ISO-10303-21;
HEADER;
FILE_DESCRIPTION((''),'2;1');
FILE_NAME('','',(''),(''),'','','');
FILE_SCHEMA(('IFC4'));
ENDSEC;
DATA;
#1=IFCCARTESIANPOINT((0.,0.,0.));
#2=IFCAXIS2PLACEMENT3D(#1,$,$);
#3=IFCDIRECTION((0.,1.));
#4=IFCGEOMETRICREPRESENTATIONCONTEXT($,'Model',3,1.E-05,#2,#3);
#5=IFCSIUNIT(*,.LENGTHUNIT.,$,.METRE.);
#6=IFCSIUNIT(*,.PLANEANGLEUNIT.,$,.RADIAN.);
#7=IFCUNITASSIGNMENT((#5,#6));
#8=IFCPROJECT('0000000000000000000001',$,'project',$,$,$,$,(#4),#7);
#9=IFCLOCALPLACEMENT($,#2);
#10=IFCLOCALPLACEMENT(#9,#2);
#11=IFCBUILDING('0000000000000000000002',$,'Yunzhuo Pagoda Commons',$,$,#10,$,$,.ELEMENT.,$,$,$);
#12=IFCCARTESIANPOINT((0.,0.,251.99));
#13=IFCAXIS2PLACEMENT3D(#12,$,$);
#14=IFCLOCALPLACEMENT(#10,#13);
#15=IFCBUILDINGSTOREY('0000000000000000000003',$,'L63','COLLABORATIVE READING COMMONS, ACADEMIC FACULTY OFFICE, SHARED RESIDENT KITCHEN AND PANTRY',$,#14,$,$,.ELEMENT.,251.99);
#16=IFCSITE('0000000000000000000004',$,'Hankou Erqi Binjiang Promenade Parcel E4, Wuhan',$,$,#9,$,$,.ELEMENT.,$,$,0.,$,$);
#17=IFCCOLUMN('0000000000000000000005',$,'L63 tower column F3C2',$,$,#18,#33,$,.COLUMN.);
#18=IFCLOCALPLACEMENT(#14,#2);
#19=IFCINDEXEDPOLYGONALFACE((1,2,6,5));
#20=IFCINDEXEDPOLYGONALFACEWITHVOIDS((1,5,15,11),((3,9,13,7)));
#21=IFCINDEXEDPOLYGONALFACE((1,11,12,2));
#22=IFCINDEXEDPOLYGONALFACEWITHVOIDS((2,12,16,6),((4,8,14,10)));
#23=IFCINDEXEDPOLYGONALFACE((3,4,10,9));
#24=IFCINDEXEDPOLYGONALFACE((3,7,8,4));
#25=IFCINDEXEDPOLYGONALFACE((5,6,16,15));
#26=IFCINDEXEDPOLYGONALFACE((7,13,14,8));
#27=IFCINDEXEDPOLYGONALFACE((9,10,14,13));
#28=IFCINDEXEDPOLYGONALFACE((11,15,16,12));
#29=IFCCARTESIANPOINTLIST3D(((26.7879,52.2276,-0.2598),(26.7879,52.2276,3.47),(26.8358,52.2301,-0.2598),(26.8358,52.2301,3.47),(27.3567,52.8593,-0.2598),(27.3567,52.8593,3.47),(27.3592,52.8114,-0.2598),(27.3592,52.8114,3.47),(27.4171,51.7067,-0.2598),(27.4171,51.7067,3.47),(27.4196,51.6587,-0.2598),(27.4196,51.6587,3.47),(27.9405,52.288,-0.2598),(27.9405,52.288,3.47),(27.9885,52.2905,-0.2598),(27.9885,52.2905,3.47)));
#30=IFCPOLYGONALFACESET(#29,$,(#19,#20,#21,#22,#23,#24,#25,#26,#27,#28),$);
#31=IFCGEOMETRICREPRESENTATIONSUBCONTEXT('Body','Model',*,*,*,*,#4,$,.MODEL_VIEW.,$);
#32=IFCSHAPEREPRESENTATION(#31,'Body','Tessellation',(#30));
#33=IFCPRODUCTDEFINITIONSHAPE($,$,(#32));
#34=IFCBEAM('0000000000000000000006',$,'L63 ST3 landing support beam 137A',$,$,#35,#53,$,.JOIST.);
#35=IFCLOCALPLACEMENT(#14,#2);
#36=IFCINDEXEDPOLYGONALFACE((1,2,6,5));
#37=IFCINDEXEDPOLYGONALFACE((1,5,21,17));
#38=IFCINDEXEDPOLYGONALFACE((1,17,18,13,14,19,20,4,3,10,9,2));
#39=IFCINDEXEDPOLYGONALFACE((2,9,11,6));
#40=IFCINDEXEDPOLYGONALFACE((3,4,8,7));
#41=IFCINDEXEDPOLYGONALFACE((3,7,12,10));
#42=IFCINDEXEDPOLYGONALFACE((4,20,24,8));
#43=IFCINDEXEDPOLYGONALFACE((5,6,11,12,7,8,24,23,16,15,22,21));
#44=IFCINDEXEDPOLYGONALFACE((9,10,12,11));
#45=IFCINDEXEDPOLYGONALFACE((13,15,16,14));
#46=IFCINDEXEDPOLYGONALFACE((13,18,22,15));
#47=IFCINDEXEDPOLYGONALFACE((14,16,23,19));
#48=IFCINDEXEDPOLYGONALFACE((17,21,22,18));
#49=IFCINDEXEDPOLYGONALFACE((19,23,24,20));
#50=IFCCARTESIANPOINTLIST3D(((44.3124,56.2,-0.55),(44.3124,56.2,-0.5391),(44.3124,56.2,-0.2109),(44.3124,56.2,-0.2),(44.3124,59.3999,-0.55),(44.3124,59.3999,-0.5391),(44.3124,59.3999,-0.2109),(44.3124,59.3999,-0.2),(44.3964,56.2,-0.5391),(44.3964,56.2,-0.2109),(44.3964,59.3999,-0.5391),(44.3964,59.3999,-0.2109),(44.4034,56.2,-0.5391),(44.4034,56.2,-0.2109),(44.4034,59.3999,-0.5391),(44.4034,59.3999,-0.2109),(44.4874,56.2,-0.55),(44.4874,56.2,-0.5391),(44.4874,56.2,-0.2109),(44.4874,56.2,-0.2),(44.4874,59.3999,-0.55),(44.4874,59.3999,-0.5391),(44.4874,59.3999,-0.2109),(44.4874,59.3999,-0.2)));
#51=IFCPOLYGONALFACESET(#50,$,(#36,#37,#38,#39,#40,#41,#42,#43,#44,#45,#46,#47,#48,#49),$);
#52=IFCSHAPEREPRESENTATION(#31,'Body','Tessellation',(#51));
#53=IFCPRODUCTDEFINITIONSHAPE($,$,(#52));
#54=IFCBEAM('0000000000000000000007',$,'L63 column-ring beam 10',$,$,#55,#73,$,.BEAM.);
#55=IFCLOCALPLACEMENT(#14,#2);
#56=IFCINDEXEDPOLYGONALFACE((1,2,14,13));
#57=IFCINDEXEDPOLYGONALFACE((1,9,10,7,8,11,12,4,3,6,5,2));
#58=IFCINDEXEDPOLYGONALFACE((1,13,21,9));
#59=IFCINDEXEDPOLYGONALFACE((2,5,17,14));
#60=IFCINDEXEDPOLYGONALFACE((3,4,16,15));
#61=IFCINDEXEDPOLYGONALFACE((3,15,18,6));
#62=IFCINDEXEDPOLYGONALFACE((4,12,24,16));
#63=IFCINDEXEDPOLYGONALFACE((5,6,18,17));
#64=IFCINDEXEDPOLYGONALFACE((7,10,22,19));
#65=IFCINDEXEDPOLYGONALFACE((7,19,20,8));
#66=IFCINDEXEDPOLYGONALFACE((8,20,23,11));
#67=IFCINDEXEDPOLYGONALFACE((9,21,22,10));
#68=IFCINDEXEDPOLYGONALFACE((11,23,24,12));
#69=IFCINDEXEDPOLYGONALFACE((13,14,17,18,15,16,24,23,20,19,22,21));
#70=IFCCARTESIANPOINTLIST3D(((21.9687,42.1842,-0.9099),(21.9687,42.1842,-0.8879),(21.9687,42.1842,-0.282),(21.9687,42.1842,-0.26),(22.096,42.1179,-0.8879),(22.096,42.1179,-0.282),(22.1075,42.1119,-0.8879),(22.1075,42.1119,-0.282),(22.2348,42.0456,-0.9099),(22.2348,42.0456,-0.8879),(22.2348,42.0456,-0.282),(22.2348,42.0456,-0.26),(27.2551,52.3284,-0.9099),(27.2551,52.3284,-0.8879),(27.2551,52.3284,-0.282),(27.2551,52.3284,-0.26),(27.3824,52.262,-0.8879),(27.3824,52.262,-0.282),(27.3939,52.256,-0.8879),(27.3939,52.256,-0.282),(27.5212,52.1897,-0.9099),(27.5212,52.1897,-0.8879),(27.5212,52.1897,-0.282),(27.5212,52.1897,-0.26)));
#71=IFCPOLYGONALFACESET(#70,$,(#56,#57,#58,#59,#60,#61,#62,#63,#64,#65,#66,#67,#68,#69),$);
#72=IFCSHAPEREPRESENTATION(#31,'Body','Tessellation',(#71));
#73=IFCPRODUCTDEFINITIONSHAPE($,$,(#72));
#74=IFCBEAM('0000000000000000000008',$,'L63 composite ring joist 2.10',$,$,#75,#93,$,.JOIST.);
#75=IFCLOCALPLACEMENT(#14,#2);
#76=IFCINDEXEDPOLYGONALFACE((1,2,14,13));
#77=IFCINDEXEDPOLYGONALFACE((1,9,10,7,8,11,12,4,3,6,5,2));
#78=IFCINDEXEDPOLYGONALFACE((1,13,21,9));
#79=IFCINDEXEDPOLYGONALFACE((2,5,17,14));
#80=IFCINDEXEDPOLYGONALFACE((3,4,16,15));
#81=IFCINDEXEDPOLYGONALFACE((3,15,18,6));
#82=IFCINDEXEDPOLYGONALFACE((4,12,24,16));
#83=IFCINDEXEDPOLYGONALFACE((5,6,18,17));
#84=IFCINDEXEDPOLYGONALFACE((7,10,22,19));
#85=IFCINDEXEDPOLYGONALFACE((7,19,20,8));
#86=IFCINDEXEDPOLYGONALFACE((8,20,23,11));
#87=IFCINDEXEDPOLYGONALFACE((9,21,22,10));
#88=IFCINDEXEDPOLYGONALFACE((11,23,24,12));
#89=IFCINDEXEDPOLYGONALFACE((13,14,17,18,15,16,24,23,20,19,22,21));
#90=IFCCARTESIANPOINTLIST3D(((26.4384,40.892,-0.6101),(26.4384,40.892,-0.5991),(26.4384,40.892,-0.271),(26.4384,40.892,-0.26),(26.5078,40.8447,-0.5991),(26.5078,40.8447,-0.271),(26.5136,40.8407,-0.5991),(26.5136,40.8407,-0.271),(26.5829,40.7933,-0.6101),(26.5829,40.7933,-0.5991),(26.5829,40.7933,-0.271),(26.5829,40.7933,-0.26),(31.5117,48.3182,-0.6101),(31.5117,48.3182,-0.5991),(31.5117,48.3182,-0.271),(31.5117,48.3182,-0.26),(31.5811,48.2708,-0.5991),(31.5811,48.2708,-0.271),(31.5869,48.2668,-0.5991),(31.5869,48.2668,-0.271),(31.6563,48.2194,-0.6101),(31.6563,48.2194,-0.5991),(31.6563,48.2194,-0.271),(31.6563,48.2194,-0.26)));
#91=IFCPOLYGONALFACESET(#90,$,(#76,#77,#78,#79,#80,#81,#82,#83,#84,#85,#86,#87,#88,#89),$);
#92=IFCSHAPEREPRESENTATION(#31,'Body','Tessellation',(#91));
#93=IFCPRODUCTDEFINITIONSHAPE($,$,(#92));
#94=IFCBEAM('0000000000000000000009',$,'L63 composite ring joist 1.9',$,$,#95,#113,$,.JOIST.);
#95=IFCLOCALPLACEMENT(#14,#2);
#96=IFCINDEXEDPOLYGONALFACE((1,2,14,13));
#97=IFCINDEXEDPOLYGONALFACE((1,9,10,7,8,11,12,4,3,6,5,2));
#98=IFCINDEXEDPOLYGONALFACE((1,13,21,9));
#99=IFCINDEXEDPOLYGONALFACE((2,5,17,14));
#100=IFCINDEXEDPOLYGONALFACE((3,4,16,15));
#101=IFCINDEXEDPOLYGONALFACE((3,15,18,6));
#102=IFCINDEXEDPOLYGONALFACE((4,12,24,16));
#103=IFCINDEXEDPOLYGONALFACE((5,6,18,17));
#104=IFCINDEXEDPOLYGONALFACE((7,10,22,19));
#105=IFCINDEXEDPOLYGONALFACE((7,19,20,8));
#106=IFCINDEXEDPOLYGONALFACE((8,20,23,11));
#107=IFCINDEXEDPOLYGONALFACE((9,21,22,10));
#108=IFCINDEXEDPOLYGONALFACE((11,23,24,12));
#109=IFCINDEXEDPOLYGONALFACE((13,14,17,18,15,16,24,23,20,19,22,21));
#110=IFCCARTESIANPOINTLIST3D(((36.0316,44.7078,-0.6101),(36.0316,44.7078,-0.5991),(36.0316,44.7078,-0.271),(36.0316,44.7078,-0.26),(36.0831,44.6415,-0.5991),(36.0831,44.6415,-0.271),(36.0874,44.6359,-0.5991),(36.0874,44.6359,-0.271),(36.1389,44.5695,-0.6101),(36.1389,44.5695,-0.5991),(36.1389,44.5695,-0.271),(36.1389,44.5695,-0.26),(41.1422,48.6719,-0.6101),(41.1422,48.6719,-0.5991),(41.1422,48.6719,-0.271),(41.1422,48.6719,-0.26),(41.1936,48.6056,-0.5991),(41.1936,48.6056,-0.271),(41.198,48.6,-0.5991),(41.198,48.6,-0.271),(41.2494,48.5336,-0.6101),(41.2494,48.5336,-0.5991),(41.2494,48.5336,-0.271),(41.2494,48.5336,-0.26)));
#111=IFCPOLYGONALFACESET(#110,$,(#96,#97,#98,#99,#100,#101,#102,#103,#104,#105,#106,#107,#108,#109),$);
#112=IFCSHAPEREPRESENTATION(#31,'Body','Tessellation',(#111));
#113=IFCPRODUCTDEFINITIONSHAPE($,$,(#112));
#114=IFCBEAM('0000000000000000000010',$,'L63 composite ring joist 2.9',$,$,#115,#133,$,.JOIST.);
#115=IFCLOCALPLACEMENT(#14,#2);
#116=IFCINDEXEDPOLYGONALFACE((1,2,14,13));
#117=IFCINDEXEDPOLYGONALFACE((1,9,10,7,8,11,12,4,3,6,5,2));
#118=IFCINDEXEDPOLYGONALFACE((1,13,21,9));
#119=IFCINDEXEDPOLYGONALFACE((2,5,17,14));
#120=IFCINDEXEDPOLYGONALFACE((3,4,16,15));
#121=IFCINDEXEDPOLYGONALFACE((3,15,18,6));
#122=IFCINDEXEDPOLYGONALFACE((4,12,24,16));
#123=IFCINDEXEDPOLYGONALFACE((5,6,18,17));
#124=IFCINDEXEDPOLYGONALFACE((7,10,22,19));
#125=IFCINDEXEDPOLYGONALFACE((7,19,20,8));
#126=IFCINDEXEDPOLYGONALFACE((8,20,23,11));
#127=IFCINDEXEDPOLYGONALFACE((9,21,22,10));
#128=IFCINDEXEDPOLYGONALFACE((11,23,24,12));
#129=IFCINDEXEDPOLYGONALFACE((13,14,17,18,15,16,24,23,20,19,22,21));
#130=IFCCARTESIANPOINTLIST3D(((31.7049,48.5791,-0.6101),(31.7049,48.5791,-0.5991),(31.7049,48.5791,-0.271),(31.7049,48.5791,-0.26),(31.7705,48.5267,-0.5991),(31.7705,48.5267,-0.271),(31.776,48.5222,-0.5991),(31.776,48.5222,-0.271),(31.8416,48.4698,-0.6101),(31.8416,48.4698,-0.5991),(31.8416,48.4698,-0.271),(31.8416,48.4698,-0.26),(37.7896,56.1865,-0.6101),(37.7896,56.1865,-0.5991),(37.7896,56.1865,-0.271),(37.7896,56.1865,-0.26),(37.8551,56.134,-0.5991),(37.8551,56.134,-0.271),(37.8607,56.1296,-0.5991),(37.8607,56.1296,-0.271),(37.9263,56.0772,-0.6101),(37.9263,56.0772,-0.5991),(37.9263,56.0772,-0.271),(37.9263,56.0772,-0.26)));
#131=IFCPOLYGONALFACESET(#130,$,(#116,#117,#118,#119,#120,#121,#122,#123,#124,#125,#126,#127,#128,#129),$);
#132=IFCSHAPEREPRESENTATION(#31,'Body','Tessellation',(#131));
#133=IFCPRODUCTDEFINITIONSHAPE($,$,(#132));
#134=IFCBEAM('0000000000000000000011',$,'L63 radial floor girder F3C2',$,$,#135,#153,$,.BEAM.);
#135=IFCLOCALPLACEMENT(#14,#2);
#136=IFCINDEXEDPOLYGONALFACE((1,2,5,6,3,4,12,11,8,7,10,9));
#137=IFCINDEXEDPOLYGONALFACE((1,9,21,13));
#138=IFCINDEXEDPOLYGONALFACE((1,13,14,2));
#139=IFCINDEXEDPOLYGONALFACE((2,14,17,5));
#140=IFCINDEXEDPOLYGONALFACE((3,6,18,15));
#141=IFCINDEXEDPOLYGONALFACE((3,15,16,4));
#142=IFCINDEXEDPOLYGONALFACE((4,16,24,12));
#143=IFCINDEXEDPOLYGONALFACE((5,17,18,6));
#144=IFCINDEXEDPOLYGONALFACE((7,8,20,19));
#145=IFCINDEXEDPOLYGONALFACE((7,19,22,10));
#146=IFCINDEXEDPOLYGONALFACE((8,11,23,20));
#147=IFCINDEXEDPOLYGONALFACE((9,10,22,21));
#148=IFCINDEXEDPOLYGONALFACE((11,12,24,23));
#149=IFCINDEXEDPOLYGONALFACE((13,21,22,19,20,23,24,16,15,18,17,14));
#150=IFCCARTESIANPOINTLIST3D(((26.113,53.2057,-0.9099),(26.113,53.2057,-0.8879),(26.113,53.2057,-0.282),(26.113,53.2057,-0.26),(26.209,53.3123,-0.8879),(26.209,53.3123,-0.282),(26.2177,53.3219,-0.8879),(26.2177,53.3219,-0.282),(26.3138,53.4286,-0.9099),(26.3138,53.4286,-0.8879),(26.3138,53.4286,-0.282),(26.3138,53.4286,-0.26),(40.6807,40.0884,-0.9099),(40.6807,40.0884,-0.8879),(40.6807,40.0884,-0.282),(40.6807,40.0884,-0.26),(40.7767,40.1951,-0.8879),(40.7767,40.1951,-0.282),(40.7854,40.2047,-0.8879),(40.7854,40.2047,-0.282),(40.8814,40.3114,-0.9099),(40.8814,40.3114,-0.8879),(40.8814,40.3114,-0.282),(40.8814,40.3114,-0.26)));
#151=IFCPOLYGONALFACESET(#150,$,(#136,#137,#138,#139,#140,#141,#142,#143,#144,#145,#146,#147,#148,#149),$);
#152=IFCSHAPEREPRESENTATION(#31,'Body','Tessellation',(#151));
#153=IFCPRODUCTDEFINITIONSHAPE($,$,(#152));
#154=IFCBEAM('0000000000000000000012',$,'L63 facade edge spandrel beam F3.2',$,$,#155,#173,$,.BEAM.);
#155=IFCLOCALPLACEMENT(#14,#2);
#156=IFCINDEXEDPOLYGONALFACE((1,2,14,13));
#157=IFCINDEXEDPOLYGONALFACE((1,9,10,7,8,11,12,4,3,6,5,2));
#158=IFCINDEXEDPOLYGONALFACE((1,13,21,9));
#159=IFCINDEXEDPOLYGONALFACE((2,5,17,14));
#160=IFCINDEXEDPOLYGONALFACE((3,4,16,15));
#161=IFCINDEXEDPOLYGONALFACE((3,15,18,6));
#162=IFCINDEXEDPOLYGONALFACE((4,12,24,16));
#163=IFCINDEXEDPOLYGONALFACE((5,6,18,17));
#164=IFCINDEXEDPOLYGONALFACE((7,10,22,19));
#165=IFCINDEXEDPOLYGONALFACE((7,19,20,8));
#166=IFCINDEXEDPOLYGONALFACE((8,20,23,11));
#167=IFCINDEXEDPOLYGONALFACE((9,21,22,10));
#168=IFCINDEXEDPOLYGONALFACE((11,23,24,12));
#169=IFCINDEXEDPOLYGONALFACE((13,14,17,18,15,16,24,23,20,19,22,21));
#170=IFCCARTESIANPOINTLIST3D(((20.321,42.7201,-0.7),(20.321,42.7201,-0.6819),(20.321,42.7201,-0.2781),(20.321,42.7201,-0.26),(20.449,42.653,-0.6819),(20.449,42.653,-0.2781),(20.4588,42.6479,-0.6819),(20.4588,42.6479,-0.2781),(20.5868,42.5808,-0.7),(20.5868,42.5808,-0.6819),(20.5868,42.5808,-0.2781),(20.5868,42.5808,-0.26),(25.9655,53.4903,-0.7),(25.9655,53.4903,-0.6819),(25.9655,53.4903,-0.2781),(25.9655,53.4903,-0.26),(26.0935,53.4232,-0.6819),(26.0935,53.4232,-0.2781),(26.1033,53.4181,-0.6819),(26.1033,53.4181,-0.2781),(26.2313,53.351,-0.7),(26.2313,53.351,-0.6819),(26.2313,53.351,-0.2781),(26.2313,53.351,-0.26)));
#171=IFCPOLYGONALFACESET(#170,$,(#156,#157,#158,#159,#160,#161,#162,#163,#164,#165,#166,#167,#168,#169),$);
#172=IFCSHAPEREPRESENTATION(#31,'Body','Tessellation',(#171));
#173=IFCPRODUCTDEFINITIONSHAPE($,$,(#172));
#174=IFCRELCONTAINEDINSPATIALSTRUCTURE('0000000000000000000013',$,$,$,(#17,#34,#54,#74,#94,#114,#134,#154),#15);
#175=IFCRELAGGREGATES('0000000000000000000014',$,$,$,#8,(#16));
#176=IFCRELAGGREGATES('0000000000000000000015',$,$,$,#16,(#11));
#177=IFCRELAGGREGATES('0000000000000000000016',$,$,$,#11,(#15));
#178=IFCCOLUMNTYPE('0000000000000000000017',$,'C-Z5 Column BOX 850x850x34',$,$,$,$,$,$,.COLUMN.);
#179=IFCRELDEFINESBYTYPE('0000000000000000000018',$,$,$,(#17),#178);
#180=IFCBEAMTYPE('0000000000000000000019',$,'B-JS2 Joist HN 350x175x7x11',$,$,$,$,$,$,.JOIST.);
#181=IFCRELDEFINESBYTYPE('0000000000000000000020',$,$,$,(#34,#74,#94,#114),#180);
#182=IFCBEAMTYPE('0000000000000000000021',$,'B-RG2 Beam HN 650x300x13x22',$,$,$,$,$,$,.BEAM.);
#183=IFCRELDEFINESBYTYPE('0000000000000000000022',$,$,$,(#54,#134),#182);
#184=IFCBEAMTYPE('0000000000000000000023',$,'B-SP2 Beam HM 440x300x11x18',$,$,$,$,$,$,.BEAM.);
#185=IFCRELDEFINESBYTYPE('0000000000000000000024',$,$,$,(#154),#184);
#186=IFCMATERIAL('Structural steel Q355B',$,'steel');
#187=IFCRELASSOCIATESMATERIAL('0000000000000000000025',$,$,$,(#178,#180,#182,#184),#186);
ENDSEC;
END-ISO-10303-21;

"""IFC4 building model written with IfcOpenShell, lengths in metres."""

from ifc_helpers import new_model, si_unit, direction, frame, origin, origin_2d, place, context, subcontext, project, spatial, hollow_rectangle, i_section, extrude, source, transform, mapped, material, material_profile, profile_set, type_object, element, save


model = new_model("IFC4")

# Units and contexts
model_context = context("Model", 3, precision=1e-05, world=origin(), true_north=direction((0.0, 1.0)))
body_context = subcontext(model_context, "Body", "Model", "MODEL_VIEW")
ifc_project = project(units=[si_unit("LENGTHUNIT", "METRE"), si_unit("PLANEANGLEUNIT", "RADIAN")], contexts=[model_context])

# Site, building, storey
site_placement = place(None, origin())
site = spatial("IfcSite", under=ifc_project, at=site_placement, Name="Hankou Erqi Binjiang Promenade Parcel E4, Wuhan", CompositionType="ELEMENT", RefElevation=0.0)
building_placement = place(site_placement, origin())
building = spatial("IfcBuilding", under=site, at=building_placement, Name="Yunzhuo Pagoda Commons", CompositionType="ELEMENT")
storey_placement = place(building_placement, frame((0.0, 0.0, 251.99)))
storey = spatial("IfcBuildingStorey", under=building, at=storey_placement, Name="L63", Description="COLLABORATIVE READING COMMONS, ACADEMIC FACULTY OFFICE, SHARED RESIDENT KITCHEN AND PANTRY", CompositionType="ELEMENT", Elevation=251.99)

# Column
ifc_material_1 = material(Name="Structural steel Q355B", Category="steel")
ifc_material_profile_1 = material_profile(ifc_material_1, hollow_rectangle(XDim=0.8501, YDim=0.8501, WallThickness=0.0339, at=origin_2d()), Name="Structural steel Q355B")
ifc_profile_set_1 = profile_set([ifc_material_profile_1], Name="Structural steel Q355B")
column_type = type_object("IfcColumnType", Name="C-Z5 Column BOX 850x850x34", PredefinedType="COLUMN", material=ifc_profile_set_1)
shared_shape_1 = source(origin(), body_context, "Body", "SweptSolid", [
    extrude(hollow_rectangle(XDim=0.8501, YDim=0.8501, WallThickness=0.0339, at=origin_2d()), origin(), (0.0, 0.0, 1.0), 3.7297),
])
column_placement = place(storey_placement, frame((27.3882, 52.259, -0.2598), z_axis=(0.0, 0.0, 1.0), x_axis=(-0.669131, -0.743145, 0.0)))
element("IfcColumn", 1, at=column_placement, inside=storey, type_object=column_type, Name="L63 tower column F3C2", PredefinedType="COLUMN", context=body_context, shape_type="MappedRepresentation", body=[
    mapped(shared_shape_1, transform((0.0, 0.0, 0.0), scale=1.0)),
])

# Beams
ifc_material_profile_2 = material_profile(ifc_material_1, i_section(OverallWidth=0.175, OverallDepth=0.3501, WebThickness=0.0071, FlangeThickness=0.011, at=origin_2d()), Name="Structural steel Q355B")
ifc_profile_set_2 = profile_set([ifc_material_profile_2], Name="Structural steel Q355B")
beam_type_1 = type_object("IfcBeamType", Name="B-JS2 Joist HN 350x175x7x11", PredefinedType="JOIST", material=ifc_profile_set_2)
shared_shape_2 = source(origin(), body_context, "Body", "SweptSolid", [
    extrude(i_section(OverallWidth=0.175, OverallDepth=0.3501, WebThickness=0.0071, FlangeThickness=0.011, at=origin_2d()), origin(), (0.0, 0.0, 1.0), 3.2),
])
beam_1_placement = place(storey_placement, frame((44.3999, 56.2, -0.375), z_axis=(0.0, 1.0, 0.0), x_axis=(-1.0, 0.0, 0.0)))
element("IfcBeam", 2, at=beam_1_placement, inside=storey, type_object=beam_type_1, Name="L63 ST3 landing support beam 137A", PredefinedType="JOIST", context=body_context, shape_type="MappedRepresentation", body=[
    mapped(shared_shape_2, transform((0.0, 0.0, 0.0), scale=1.0)),
])
ifc_material_profile_3 = material_profile(ifc_material_1, i_section(OverallWidth=0.3, OverallDepth=0.6499, WebThickness=0.0129, FlangeThickness=0.022, at=origin_2d()), Name="Structural steel Q355B")
ifc_profile_set_3 = profile_set([ifc_material_profile_3], Name="Structural steel Q355B")
beam_type_2 = type_object("IfcBeamType", Name="B-RG2 Beam HN 650x300x13x22", PredefinedType="BEAM", material=ifc_profile_set_3)
shared_shape_3 = source(origin(), body_context, "Body", "SweptSolid", [
    extrude(i_section(OverallWidth=0.3, OverallDepth=0.6499, WebThickness=0.0129, FlangeThickness=0.022, at=origin_2d()), origin(), (0.0, 0.0, 1.0), 11.439),
])
beam_2_placement = place(storey_placement, frame((27.3882, 52.259, -0.585), z_axis=(-0.462142, -0.886806, 0.0), x_axis=(0.886806, -0.462142, 0.0)))
element("IfcBeam", 3, at=beam_2_placement, inside=storey, type_object=beam_type_2, Name="L63 column-ring beam 10", PredefinedType="BEAM", context=body_context, shape_type="MappedRepresentation", body=[
    mapped(shared_shape_3, transform((0.0, 0.0, 0.0), scale=1.0)),
])
shared_shape_4 = source(origin(), body_context, "Body", "SweptSolid", [
    extrude(i_section(OverallWidth=0.175, OverallDepth=0.3501, WebThickness=0.0071, FlangeThickness=0.011, at=origin_2d()), origin(), (0.0, 0.0, 1.0), 8.9937),
])
beam_3_placement = place(storey_placement, frame((31.584, 48.2688, -0.4351), z_axis=(-0.564099, -0.825707, 0.0), x_axis=(0.825707, -0.564099, 0.0)))
element("IfcBeam", 4, at=beam_3_placement, inside=storey, type_object=beam_type_1, Name="L63 composite ring joist 2.10", PredefinedType="JOIST", context=body_context, shape_type="MappedRepresentation", body=[
    mapped(shared_shape_4, transform((0.0, 0.0, 0.0), scale=1.0)),
])
shared_shape_5 = source(origin(), body_context, "Body", "SweptSolid", [
    extrude(i_section(OverallWidth=0.175, OverallDepth=0.3501, WebThickness=0.0071, FlangeThickness=0.011, at=origin_2d()), origin(), (0.0, 0.0, 1.0), 6.4678),
])
beam_4_placement = place(storey_placement, frame((41.1958, 48.6028, -0.4351), z_axis=(-0.79016, -0.6129, 0.0), x_axis=(0.6129, -0.79016, 0.0)))
element("IfcBeam", 5, at=beam_4_placement, inside=storey, type_object=beam_type_1, Name="L63 composite ring joist 1.9", PredefinedType="JOIST", context=body_context, shape_type="MappedRepresentation", body=[
    mapped(shared_shape_5, transform((0.0, 0.0, 0.0), scale=1.0)),
])
shared_shape_6 = source(origin(), body_context, "Body", "SweptSolid", [
    extrude(i_section(OverallWidth=0.175, OverallDepth=0.3501, WebThickness=0.0071, FlangeThickness=0.011, at=origin_2d()), origin(), (0.0, 0.0, 1.0), 9.7415),
])
beam_5_placement = place(storey_placement, frame((37.8579, 56.1318, -0.4351), z_axis=(-0.624619, -0.78093, 0.0), x_axis=(0.78093, -0.624619, 0.0)))
element("IfcBeam", 6, at=beam_5_placement, inside=storey, type_object=beam_type_1, Name="L63 composite ring joist 2.9", PredefinedType="JOIST", context=body_context, shape_type="MappedRepresentation", body=[
    mapped(shared_shape_6, transform((0.0, 0.0, 0.0), scale=1.0)),
])
shared_shape_7 = source(origin(), body_context, "Body", "SweptSolid", [
    extrude(i_section(OverallWidth=0.3, OverallDepth=0.6499, WebThickness=0.0129, FlangeThickness=0.022, at=origin_2d()), origin(), (0.0, 0.0, 1.0), 19.603),
])
beam_6_placement = place(storey_placement, frame((26.2134, 53.3171, -0.585), z_axis=(0.743134, -0.669143, 0.0), x_axis=(0.669143, 0.743134, 0.0)))
element("IfcBeam", 7, at=beam_6_placement, inside=storey, type_object=beam_type_2, Name="L63 radial floor girder F3C2", PredefinedType="BEAM", context=body_context, shape_type="MappedRepresentation", body=[
    mapped(shared_shape_7, transform((0.0, 0.0, 0.0), scale=1.0)),
])
ifc_material_profile_4 = material_profile(ifc_material_1, i_section(OverallWidth=0.3, OverallDepth=0.4399, WebThickness=0.011, FlangeThickness=0.0181, at=origin_2d()), Name="Structural steel Q355B")
ifc_profile_set_4 = profile_set([ifc_material_profile_4], Name="Structural steel Q355B")
beam_type_3 = type_object("IfcBeamType", Name="B-SP2 Beam HM 440x300x11x18", PredefinedType="BEAM", material=ifc_profile_set_4)
shared_shape_8 = source(origin(), body_context, "Body", "SweptSolid", [
    extrude(i_section(OverallWidth=0.3, OverallDepth=0.4399, WebThickness=0.011, FlangeThickness=0.0181, at=origin_2d()), origin(), (0.0, 0.0, 1.0), 12.1597),
])
beam_7_placement = place(storey_placement, frame((26.0984, 53.4207, -0.48), z_axis=(-0.464198, -0.885731, 0.0), x_axis=(0.885731, -0.464198, 0.0)))
element("IfcBeam", 8, at=beam_7_placement, inside=storey, type_object=beam_type_3, Name="L63 facade edge spandrel beam F3.2", PredefinedType="BEAM", context=body_context, shape_type="MappedRepresentation", body=[
    mapped(shared_shape_8, transform((0.0, 0.0, 0.0), scale=1.0)),
])

save(model, "model.ifc")
